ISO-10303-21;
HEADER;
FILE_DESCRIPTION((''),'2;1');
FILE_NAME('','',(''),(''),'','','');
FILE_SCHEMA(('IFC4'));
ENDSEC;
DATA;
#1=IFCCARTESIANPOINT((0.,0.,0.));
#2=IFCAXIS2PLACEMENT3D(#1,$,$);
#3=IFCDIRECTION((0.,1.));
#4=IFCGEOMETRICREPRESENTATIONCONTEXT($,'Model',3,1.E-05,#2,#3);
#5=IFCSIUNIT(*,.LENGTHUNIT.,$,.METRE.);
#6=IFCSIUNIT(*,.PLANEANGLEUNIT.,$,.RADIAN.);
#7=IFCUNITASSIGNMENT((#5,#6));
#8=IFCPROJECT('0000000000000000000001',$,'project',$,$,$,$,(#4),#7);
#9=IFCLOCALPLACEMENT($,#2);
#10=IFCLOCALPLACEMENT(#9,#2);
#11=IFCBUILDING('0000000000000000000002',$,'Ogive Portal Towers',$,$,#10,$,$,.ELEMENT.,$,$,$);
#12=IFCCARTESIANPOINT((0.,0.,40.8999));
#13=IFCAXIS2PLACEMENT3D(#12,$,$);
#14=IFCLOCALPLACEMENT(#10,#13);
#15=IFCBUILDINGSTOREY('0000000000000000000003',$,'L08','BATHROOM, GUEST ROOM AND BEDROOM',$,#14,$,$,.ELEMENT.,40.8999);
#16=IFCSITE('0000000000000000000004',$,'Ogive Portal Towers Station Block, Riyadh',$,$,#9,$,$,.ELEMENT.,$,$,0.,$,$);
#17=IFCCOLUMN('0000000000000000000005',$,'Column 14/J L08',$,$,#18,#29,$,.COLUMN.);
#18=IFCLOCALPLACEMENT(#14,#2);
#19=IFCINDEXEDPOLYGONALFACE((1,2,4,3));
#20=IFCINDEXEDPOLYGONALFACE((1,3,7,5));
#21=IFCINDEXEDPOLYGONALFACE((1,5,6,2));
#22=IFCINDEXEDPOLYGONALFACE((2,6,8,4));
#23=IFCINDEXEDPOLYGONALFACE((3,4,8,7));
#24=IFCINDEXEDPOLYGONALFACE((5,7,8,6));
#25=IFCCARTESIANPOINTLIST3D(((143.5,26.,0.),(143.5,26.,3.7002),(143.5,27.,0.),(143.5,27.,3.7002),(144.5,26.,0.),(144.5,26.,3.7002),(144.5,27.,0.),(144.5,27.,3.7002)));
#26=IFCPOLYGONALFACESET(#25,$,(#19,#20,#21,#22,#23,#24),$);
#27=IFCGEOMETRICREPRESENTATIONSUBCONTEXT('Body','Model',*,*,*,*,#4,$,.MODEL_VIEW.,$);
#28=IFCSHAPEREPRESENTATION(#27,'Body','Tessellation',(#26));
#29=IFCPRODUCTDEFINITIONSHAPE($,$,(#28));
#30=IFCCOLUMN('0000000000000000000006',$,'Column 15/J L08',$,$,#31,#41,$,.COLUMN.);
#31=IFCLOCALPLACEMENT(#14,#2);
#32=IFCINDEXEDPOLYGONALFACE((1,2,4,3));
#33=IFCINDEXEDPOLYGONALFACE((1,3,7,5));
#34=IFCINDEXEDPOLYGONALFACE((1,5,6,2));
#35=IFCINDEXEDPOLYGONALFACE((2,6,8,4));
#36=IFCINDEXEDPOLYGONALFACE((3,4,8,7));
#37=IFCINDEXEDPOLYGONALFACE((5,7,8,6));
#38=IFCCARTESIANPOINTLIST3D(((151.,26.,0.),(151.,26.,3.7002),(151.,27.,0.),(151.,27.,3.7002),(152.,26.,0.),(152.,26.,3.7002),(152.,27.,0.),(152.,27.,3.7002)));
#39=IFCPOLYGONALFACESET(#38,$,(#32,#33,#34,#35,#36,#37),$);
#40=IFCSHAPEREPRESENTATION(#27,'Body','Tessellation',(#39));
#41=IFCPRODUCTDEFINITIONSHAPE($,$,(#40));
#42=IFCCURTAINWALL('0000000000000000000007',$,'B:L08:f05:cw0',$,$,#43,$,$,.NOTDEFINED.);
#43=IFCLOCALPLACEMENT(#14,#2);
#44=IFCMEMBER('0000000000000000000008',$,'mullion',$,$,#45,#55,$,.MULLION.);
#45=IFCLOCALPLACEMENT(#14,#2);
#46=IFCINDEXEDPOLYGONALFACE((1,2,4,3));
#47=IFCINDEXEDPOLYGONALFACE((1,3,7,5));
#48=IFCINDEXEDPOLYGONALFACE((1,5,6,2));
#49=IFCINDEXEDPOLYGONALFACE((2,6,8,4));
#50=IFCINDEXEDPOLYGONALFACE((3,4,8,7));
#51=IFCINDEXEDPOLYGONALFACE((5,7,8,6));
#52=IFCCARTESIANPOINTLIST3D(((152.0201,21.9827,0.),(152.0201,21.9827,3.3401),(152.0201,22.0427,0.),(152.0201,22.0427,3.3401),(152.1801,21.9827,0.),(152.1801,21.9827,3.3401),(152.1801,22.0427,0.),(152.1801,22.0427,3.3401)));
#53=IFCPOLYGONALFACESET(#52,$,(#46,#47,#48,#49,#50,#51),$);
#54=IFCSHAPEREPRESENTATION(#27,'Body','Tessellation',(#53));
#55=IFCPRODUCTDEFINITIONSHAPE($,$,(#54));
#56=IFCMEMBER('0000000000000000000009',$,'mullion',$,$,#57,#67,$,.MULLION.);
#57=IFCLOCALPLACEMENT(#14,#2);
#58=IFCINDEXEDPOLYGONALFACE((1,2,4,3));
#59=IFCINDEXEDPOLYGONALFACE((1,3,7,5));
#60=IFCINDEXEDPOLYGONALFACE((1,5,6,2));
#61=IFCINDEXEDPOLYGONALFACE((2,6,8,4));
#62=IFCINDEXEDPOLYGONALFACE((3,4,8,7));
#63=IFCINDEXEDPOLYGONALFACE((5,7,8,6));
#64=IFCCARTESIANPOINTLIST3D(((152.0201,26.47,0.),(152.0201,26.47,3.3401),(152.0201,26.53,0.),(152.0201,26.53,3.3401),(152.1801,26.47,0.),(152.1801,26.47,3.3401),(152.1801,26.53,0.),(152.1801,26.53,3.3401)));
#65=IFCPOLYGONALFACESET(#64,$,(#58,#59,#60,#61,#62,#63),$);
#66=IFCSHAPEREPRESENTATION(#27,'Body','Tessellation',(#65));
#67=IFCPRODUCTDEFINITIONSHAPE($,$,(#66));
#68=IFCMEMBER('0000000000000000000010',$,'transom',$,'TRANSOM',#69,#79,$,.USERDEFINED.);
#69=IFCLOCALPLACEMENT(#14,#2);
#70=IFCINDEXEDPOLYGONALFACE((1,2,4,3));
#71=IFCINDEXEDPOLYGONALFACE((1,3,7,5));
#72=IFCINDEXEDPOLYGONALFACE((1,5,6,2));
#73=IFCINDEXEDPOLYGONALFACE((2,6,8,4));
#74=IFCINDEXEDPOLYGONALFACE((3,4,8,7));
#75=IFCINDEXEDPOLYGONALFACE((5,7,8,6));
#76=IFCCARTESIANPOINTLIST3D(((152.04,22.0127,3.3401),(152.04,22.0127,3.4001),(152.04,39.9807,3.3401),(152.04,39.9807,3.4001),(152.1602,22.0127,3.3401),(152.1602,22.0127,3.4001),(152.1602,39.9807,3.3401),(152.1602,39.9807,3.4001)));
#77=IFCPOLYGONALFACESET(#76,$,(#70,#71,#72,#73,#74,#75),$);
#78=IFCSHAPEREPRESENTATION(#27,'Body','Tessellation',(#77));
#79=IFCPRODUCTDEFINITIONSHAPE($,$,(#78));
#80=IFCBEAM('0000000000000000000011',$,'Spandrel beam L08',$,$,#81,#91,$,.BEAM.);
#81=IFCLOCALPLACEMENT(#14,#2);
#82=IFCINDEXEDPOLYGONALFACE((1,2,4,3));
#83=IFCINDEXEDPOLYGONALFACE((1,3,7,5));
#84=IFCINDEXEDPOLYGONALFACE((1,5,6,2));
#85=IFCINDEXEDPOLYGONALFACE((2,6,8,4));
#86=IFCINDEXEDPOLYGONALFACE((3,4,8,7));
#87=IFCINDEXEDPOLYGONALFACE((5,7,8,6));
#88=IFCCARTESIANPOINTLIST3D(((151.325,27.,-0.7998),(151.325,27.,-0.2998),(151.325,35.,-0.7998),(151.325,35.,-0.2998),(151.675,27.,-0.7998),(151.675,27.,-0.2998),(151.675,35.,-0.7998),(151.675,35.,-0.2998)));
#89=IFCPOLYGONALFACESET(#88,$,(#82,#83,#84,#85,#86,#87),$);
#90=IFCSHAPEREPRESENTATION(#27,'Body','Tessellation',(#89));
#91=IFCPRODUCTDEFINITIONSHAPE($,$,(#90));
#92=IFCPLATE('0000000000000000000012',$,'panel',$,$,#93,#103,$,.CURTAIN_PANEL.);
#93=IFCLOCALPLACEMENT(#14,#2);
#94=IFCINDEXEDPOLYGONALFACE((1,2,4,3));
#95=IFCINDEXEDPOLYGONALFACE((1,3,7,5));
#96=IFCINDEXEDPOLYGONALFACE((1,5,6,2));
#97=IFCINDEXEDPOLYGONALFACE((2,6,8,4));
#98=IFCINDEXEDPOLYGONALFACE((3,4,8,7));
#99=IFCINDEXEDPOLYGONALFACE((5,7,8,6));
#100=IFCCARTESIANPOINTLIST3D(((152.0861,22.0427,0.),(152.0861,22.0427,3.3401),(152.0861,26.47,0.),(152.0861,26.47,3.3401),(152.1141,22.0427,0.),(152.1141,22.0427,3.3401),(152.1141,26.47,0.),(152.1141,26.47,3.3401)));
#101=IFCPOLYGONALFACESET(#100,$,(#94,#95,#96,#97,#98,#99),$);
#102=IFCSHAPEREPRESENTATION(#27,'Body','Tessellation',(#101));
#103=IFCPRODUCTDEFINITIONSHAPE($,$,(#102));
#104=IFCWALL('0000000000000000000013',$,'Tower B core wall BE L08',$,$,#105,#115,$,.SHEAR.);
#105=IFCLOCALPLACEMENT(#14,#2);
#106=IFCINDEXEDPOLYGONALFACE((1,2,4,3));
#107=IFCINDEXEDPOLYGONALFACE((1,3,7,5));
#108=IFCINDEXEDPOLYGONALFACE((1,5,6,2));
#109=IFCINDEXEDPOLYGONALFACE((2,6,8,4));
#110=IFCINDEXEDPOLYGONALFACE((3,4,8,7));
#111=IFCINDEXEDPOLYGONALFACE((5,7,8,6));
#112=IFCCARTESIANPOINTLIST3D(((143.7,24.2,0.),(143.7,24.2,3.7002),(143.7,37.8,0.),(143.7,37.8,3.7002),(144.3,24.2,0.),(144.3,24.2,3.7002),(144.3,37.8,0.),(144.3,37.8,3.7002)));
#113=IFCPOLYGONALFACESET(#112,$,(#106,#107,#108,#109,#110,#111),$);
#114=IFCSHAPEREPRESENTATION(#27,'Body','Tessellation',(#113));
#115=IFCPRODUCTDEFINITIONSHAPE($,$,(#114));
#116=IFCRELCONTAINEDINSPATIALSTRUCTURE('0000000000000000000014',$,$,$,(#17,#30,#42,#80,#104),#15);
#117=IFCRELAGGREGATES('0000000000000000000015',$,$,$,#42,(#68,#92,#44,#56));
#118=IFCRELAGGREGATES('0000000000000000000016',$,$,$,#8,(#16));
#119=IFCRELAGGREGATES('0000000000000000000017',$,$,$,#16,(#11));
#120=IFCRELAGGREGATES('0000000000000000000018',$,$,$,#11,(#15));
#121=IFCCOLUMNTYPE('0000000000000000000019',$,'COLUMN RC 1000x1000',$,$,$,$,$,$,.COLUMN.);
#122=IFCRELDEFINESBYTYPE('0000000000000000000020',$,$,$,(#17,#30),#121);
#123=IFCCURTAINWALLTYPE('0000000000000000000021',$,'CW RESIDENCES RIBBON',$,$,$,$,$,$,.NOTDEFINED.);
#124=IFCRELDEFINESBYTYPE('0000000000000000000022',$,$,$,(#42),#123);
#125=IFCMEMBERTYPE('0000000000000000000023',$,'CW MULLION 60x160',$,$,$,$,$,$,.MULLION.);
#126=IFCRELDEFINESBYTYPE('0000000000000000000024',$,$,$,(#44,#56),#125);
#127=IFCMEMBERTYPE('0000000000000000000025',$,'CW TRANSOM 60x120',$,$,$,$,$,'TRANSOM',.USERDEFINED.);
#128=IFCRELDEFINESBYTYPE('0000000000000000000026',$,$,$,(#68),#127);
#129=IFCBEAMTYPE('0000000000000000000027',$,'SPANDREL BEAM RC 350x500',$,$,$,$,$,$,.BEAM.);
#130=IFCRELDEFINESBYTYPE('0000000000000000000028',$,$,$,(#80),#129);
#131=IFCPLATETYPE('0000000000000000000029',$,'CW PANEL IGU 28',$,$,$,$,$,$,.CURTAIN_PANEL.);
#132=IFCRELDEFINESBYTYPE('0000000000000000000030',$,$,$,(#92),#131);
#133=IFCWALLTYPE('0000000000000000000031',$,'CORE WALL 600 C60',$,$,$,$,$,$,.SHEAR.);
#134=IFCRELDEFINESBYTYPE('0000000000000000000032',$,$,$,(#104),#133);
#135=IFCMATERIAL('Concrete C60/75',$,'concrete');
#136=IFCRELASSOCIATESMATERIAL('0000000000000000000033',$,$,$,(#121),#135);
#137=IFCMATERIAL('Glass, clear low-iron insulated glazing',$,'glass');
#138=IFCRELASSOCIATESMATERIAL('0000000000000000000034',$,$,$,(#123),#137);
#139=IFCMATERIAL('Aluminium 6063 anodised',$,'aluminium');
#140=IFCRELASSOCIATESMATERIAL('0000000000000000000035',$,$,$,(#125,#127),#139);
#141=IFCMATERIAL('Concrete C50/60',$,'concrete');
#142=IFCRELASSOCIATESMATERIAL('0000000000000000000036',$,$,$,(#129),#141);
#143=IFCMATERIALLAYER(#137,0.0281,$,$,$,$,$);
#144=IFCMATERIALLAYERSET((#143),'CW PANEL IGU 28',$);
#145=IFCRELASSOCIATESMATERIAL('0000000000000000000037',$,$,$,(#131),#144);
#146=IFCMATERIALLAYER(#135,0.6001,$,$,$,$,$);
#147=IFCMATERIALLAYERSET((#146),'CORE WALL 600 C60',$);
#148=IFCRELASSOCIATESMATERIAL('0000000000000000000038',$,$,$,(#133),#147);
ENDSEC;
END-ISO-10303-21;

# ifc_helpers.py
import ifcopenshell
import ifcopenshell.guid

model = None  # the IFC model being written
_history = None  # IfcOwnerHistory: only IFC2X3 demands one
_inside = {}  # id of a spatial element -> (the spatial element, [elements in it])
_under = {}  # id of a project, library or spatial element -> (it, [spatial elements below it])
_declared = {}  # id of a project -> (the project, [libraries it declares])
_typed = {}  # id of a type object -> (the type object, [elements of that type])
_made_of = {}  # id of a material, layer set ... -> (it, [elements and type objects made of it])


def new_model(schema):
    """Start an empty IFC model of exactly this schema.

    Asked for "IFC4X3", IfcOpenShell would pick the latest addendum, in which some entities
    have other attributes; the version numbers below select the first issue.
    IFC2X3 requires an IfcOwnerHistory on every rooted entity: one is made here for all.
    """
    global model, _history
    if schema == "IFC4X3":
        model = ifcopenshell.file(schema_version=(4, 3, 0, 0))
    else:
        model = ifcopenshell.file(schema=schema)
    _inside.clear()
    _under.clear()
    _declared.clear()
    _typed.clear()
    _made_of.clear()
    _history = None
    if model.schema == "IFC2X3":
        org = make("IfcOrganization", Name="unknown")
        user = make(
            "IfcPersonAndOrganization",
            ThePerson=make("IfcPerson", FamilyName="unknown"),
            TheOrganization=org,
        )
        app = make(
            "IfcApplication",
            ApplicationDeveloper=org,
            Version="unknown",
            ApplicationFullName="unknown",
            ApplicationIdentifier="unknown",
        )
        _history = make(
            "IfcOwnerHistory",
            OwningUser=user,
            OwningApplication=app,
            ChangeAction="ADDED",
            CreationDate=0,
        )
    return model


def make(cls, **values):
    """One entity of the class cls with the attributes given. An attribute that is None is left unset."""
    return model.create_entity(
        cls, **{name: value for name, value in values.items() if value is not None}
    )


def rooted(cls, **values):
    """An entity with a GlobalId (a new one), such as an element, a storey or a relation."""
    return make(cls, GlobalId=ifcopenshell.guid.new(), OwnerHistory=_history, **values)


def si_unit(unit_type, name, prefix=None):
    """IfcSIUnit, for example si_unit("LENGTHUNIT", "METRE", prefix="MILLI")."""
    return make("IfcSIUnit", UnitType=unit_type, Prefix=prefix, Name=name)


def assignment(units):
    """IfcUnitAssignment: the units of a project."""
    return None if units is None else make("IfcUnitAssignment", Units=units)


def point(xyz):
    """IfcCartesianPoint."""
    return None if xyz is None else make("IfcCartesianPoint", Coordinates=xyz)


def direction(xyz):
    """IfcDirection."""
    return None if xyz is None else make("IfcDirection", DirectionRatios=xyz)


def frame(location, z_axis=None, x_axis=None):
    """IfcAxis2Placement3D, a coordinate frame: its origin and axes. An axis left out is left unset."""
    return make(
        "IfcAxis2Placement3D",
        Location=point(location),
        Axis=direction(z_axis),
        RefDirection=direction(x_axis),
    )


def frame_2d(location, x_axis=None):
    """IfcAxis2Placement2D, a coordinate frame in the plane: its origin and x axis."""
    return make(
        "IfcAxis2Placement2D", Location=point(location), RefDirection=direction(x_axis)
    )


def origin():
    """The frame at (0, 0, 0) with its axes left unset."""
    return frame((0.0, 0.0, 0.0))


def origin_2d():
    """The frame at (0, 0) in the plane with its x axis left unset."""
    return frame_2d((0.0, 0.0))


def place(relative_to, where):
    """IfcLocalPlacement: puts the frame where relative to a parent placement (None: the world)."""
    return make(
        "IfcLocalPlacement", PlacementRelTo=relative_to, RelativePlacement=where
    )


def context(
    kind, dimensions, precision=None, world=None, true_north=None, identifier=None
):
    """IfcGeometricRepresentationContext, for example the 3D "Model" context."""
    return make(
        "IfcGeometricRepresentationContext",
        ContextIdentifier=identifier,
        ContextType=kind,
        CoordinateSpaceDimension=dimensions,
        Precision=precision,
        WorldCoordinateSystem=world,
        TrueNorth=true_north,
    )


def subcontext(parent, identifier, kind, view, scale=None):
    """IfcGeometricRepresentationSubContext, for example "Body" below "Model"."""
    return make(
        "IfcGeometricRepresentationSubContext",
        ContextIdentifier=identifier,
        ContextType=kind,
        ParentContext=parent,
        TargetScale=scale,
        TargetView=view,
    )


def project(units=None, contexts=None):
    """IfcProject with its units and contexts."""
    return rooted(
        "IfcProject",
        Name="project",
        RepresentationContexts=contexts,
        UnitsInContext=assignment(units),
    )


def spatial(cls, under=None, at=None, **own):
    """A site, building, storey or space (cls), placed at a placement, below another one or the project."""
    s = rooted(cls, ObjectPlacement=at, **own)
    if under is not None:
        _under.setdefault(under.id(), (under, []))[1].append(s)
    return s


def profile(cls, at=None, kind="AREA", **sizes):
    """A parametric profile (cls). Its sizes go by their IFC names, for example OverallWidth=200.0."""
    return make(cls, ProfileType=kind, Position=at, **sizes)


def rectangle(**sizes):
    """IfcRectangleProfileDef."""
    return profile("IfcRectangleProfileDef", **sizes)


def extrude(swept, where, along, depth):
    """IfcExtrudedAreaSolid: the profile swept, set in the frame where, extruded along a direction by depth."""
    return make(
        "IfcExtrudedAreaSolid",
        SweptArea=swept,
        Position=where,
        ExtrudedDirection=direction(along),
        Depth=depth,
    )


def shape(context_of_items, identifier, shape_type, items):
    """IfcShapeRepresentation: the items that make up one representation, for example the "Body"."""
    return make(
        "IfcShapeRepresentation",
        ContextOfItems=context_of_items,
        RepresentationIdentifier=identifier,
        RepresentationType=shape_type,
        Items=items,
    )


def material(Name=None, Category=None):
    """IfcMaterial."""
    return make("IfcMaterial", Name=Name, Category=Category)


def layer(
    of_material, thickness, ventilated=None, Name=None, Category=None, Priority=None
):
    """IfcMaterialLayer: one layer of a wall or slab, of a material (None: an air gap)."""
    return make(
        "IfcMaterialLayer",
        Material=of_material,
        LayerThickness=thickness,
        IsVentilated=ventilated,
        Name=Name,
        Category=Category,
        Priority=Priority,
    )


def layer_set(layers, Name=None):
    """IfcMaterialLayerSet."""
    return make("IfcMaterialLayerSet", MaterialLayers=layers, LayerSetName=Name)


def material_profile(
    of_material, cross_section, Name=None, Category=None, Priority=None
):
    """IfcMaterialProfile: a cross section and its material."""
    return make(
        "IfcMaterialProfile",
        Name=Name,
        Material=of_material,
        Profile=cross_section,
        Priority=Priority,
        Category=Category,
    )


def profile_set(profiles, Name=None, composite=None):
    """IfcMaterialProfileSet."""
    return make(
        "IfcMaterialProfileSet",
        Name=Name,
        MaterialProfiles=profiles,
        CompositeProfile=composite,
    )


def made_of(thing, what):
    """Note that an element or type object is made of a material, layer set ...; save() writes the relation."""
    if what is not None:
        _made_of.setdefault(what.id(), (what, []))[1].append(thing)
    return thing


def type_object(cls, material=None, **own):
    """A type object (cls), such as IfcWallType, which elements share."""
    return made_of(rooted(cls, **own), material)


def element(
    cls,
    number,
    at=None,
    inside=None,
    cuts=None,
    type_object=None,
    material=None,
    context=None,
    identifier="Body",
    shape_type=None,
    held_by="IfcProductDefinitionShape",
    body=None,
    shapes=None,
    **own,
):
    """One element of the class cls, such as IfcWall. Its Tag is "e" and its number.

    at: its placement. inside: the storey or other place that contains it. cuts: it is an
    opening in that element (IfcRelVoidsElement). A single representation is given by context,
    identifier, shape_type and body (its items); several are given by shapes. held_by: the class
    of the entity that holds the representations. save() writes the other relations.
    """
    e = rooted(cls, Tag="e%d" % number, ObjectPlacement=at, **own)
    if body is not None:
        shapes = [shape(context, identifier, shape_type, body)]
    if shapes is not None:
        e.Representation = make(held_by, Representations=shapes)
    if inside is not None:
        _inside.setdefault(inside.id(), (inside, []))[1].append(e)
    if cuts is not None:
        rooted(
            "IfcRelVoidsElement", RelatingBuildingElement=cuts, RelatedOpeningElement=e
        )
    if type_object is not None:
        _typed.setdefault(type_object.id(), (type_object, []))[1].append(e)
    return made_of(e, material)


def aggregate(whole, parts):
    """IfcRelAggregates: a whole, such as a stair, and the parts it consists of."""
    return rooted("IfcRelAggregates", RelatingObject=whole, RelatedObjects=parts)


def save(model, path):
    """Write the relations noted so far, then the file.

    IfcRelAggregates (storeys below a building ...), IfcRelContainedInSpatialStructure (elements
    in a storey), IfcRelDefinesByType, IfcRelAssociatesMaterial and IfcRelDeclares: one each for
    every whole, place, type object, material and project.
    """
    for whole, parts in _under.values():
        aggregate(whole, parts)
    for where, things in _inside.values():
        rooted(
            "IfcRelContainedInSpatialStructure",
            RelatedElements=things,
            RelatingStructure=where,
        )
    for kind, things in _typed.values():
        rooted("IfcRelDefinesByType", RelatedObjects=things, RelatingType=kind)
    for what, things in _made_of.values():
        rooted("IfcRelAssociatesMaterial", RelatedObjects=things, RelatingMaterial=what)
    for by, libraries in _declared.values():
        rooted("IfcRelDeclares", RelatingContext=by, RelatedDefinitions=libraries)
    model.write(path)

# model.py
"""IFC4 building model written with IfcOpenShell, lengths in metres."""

from ifc_helpers import new_model, si_unit, direction, frame, frame_2d, origin, origin_2d, place, context, subcontext, project, spatial, rectangle, extrude, material, layer, layer_set, material_profile, profile_set, type_object, element, aggregate, save


model = new_model("IFC4")

# Units and contexts
model_context = context("Model", 3, precision=1e-05, world=origin(), true_north=direction((0.0, 1.0)))
body_context = subcontext(model_context, "Body", "Model", "MODEL_VIEW")
ifc_project = project(units=[si_unit("LENGTHUNIT", "METRE"), si_unit("PLANEANGLEUNIT", "RADIAN")], contexts=[model_context])

# Site, building, storey
site_placement = place(None, origin())
site = spatial("IfcSite", under=ifc_project, at=site_placement, Name="Ogive Portal Towers Station Block, Riyadh", CompositionType="ELEMENT", RefElevation=0.0)
building_placement = place(site_placement, origin())
building = spatial("IfcBuilding", under=site, at=building_placement, Name="Ogive Portal Towers", CompositionType="ELEMENT")
storey_placement = place(building_placement, frame((0.0, 0.0, 40.8999)))
storey = spatial("IfcBuildingStorey", under=building, at=storey_placement, Name="L08", Description="BATHROOM, GUEST ROOM AND BEDROOM", CompositionType="ELEMENT", Elevation=40.8999)

# Columns
ifc_material_1 = material(Name="Concrete C60/75", Category="concrete")
ifc_material_profile_1 = material_profile(ifc_material_1, rectangle(XDim=1.0, YDim=1.0, at=origin_2d()), Name="RC 1000x1000")
ifc_profile_set_1 = profile_set([ifc_material_profile_1], Name="Concrete C60/75")
column_type = type_object("IfcColumnType", Name="COLUMN RC 1000x1000", PredefinedType="COLUMN", material=ifc_profile_set_1)
for number, where, z_axis, x_axis, name in (
    (1, (144.0, 26.5, 0.0), (0.0, 0.0, 1.0), (1.0, 0.0, 0.0), "Column 14/J L08"),
    (2, (151.5, 26.5, 0.0), (0.0, 0.0, 1.0), (1.0, 0.0, 0.0), "Column 15/J L08"),
):
    element("IfcColumn", number, at=place(storey_placement, frame(where, z_axis=z_axis, x_axis=x_axis)), inside=storey, type_object=column_type, Name=name, PredefinedType="COLUMN", context=body_context, shape_type="SweptSolid", body=[
        extrude(rectangle(XDim=1.0, YDim=1.0, at=origin_2d()), origin(), (0.0, 0.0, 1.0), 3.7002),
    ])

# Curtain wall, members
ifc_material_2 = material(Name="Glass, clear low-iron insulated glazing", Category="glass")
curtain_wall_type = type_object("IfcCurtainWallType", Name="CW RESIDENCES RIBBON", PredefinedType="NOTDEFINED", material=ifc_material_2)
curtain_wall_placement = place(storey_placement, origin())
curtain_wall = element("IfcCurtainWall", 3, at=curtain_wall_placement, inside=storey, type_object=curtain_wall_type, Name="B:L08:f05:cw0", PredefinedType="NOTDEFINED")
ifc_material_3 = material(Name="Aluminium 6063 anodised", Category="aluminium")
ifc_material_profile_2 = material_profile(ifc_material_3, rectangle(XDim=0.1599, YDim=0.0601, at=origin_2d()), Name="AL 60x160")
ifc_profile_set_2 = profile_set([ifc_material_profile_2], Name="Aluminium 6063 anodised")
member_type_1 = type_object("IfcMemberType", Name="CW MULLION 60x160", PredefinedType="MULLION", material=ifc_profile_set_2)
member_1_placement = place(storey_placement, frame((152.1001, 22.0127, 0.0), z_axis=(0.0, 0.0, 1.0), x_axis=(-1.0, 0.0, 0.0)))
member_1 = element("IfcMember", 4, at=member_1_placement, type_object=member_type_1, Name="mullion", PredefinedType="MULLION", context=body_context, shape_type="SweptSolid", body=[
    extrude(rectangle(XDim=0.1599, YDim=0.0601, at=origin_2d()), origin(), (0.0, 0.0, 1.0), 3.3401),
])
member_2_placement = place(storey_placement, frame((152.1001, 26.5, 0.0), z_axis=(0.0, 0.0, 1.0), x_axis=(-1.0, 0.0, 0.0)))
member_2 = element("IfcMember", 5, at=member_2_placement, type_object=member_type_1, Name="mullion", PredefinedType="MULLION", context=body_context, shape_type="SweptSolid", body=[
    extrude(rectangle(XDim=0.1599, YDim=0.0601, at=origin_2d()), origin(), (0.0, 0.0, 1.0), 3.3401),
])
ifc_material_profile_3 = material_profile(ifc_material_3, rectangle(XDim=0.1201, YDim=0.0601, at=origin_2d()), Name="AL 120x60")
ifc_profile_set_3 = profile_set([ifc_material_profile_3], Name="Aluminium 6063 anodised")
member_type_2 = type_object("IfcMemberType", Name="CW TRANSOM 60x120", ElementType="TRANSOM", PredefinedType="USERDEFINED", material=ifc_profile_set_3)
member_3_placement = place(storey_placement, frame((152.1001, 22.0127, 3.3701), z_axis=(0.0, 1.0, 0.0), x_axis=(-1.0, 0.0, 0.0)))
member_3 = element("IfcMember", 6, at=member_3_placement, type_object=member_type_2, Name="transom", ObjectType="TRANSOM", PredefinedType="USERDEFINED", context=body_context, shape_type="SweptSolid", body=[
    extrude(rectangle(XDim=0.1201, YDim=0.0601, at=origin_2d()), origin(), (0.0, 0.0, 1.0), 17.968),
])

# Beam
ifc_material_4 = material(Name="Concrete C50/60", Category="concrete")
ifc_material_profile_4 = material_profile(ifc_material_4, rectangle(XDim=0.3501, YDim=0.5, at=origin_2d()), Name="RC 350x500")
ifc_profile_set_4 = profile_set([ifc_material_profile_4], Name="Concrete C50/60")
beam_type = type_object("IfcBeamType", Name="SPANDREL BEAM RC 350x500", PredefinedType="BEAM", material=ifc_profile_set_4)
beam_placement = place(storey_placement, frame((151.5, 27.0, -0.5498), z_axis=(0.0, 1.0, 0.0), x_axis=(-1.0, 0.0, 0.0)))
element("IfcBeam", 7, at=beam_placement, inside=storey, type_object=beam_type, Name="Spandrel beam L08", PredefinedType="BEAM", context=body_context, shape_type="SweptSolid", body=[
    extrude(rectangle(XDim=0.3501, YDim=0.5, at=origin_2d()), origin(), (0.0, 0.0, 1.0), 8.0),
])

# Plate
ifc_layer_1 = layer(ifc_material_2, 0.0281)
ifc_layer_set_1 = layer_set([ifc_layer_1], Name="CW PANEL IGU 28")
plate_type = type_object("IfcPlateType", Name="CW PANEL IGU 28", PredefinedType="CURTAIN_PANEL", material=ifc_layer_set_1)
plate_placement = place(storey_placement, frame((152.1001, 24.2563, 0.0), z_axis=(0.0, 0.0, 1.0), x_axis=(0.0, 1.0, 0.0)))
plate = element("IfcPlate", 8, at=plate_placement, type_object=plate_type, Name="panel", PredefinedType="CURTAIN_PANEL", context=body_context, shape_type="SweptSolid", body=[
    extrude(rectangle(XDim=4.4272, YDim=0.0281, at=origin_2d()), origin(), (0.0, 0.0, 1.0), 3.3401),
])
aggregate(curtain_wall, [member_3, plate, member_1, member_2])

# Wall
ifc_layer_2 = layer(ifc_material_1, 0.6001)
ifc_layer_set_2 = layer_set([ifc_layer_2], Name="CORE WALL 600 C60")
wall_type_1 = type_object("IfcWallType", Name="CORE WALL 600 C60", PredefinedType="SHEAR", material=ifc_layer_set_2)
wall_1_placement = place(storey_placement, frame((144.0, 24.2, 0.0), z_axis=(0.0, 0.0, 1.0), x_axis=(0.0, 1.0, 0.0)))
element("IfcWall", 9, at=wall_1_placement, inside=storey, type_object=wall_type_1, Name="Tower B core wall BE L08", PredefinedType="SHEAR", context=body_context, shape_type="SweptSolid", body=[
    extrude(rectangle(XDim=13.6001, YDim=0.6001, at=frame_2d((6.8, 0.0))), origin(), (0.0, 0.0, 1.0), 3.7002),
])

save(model, "model.ifc")
